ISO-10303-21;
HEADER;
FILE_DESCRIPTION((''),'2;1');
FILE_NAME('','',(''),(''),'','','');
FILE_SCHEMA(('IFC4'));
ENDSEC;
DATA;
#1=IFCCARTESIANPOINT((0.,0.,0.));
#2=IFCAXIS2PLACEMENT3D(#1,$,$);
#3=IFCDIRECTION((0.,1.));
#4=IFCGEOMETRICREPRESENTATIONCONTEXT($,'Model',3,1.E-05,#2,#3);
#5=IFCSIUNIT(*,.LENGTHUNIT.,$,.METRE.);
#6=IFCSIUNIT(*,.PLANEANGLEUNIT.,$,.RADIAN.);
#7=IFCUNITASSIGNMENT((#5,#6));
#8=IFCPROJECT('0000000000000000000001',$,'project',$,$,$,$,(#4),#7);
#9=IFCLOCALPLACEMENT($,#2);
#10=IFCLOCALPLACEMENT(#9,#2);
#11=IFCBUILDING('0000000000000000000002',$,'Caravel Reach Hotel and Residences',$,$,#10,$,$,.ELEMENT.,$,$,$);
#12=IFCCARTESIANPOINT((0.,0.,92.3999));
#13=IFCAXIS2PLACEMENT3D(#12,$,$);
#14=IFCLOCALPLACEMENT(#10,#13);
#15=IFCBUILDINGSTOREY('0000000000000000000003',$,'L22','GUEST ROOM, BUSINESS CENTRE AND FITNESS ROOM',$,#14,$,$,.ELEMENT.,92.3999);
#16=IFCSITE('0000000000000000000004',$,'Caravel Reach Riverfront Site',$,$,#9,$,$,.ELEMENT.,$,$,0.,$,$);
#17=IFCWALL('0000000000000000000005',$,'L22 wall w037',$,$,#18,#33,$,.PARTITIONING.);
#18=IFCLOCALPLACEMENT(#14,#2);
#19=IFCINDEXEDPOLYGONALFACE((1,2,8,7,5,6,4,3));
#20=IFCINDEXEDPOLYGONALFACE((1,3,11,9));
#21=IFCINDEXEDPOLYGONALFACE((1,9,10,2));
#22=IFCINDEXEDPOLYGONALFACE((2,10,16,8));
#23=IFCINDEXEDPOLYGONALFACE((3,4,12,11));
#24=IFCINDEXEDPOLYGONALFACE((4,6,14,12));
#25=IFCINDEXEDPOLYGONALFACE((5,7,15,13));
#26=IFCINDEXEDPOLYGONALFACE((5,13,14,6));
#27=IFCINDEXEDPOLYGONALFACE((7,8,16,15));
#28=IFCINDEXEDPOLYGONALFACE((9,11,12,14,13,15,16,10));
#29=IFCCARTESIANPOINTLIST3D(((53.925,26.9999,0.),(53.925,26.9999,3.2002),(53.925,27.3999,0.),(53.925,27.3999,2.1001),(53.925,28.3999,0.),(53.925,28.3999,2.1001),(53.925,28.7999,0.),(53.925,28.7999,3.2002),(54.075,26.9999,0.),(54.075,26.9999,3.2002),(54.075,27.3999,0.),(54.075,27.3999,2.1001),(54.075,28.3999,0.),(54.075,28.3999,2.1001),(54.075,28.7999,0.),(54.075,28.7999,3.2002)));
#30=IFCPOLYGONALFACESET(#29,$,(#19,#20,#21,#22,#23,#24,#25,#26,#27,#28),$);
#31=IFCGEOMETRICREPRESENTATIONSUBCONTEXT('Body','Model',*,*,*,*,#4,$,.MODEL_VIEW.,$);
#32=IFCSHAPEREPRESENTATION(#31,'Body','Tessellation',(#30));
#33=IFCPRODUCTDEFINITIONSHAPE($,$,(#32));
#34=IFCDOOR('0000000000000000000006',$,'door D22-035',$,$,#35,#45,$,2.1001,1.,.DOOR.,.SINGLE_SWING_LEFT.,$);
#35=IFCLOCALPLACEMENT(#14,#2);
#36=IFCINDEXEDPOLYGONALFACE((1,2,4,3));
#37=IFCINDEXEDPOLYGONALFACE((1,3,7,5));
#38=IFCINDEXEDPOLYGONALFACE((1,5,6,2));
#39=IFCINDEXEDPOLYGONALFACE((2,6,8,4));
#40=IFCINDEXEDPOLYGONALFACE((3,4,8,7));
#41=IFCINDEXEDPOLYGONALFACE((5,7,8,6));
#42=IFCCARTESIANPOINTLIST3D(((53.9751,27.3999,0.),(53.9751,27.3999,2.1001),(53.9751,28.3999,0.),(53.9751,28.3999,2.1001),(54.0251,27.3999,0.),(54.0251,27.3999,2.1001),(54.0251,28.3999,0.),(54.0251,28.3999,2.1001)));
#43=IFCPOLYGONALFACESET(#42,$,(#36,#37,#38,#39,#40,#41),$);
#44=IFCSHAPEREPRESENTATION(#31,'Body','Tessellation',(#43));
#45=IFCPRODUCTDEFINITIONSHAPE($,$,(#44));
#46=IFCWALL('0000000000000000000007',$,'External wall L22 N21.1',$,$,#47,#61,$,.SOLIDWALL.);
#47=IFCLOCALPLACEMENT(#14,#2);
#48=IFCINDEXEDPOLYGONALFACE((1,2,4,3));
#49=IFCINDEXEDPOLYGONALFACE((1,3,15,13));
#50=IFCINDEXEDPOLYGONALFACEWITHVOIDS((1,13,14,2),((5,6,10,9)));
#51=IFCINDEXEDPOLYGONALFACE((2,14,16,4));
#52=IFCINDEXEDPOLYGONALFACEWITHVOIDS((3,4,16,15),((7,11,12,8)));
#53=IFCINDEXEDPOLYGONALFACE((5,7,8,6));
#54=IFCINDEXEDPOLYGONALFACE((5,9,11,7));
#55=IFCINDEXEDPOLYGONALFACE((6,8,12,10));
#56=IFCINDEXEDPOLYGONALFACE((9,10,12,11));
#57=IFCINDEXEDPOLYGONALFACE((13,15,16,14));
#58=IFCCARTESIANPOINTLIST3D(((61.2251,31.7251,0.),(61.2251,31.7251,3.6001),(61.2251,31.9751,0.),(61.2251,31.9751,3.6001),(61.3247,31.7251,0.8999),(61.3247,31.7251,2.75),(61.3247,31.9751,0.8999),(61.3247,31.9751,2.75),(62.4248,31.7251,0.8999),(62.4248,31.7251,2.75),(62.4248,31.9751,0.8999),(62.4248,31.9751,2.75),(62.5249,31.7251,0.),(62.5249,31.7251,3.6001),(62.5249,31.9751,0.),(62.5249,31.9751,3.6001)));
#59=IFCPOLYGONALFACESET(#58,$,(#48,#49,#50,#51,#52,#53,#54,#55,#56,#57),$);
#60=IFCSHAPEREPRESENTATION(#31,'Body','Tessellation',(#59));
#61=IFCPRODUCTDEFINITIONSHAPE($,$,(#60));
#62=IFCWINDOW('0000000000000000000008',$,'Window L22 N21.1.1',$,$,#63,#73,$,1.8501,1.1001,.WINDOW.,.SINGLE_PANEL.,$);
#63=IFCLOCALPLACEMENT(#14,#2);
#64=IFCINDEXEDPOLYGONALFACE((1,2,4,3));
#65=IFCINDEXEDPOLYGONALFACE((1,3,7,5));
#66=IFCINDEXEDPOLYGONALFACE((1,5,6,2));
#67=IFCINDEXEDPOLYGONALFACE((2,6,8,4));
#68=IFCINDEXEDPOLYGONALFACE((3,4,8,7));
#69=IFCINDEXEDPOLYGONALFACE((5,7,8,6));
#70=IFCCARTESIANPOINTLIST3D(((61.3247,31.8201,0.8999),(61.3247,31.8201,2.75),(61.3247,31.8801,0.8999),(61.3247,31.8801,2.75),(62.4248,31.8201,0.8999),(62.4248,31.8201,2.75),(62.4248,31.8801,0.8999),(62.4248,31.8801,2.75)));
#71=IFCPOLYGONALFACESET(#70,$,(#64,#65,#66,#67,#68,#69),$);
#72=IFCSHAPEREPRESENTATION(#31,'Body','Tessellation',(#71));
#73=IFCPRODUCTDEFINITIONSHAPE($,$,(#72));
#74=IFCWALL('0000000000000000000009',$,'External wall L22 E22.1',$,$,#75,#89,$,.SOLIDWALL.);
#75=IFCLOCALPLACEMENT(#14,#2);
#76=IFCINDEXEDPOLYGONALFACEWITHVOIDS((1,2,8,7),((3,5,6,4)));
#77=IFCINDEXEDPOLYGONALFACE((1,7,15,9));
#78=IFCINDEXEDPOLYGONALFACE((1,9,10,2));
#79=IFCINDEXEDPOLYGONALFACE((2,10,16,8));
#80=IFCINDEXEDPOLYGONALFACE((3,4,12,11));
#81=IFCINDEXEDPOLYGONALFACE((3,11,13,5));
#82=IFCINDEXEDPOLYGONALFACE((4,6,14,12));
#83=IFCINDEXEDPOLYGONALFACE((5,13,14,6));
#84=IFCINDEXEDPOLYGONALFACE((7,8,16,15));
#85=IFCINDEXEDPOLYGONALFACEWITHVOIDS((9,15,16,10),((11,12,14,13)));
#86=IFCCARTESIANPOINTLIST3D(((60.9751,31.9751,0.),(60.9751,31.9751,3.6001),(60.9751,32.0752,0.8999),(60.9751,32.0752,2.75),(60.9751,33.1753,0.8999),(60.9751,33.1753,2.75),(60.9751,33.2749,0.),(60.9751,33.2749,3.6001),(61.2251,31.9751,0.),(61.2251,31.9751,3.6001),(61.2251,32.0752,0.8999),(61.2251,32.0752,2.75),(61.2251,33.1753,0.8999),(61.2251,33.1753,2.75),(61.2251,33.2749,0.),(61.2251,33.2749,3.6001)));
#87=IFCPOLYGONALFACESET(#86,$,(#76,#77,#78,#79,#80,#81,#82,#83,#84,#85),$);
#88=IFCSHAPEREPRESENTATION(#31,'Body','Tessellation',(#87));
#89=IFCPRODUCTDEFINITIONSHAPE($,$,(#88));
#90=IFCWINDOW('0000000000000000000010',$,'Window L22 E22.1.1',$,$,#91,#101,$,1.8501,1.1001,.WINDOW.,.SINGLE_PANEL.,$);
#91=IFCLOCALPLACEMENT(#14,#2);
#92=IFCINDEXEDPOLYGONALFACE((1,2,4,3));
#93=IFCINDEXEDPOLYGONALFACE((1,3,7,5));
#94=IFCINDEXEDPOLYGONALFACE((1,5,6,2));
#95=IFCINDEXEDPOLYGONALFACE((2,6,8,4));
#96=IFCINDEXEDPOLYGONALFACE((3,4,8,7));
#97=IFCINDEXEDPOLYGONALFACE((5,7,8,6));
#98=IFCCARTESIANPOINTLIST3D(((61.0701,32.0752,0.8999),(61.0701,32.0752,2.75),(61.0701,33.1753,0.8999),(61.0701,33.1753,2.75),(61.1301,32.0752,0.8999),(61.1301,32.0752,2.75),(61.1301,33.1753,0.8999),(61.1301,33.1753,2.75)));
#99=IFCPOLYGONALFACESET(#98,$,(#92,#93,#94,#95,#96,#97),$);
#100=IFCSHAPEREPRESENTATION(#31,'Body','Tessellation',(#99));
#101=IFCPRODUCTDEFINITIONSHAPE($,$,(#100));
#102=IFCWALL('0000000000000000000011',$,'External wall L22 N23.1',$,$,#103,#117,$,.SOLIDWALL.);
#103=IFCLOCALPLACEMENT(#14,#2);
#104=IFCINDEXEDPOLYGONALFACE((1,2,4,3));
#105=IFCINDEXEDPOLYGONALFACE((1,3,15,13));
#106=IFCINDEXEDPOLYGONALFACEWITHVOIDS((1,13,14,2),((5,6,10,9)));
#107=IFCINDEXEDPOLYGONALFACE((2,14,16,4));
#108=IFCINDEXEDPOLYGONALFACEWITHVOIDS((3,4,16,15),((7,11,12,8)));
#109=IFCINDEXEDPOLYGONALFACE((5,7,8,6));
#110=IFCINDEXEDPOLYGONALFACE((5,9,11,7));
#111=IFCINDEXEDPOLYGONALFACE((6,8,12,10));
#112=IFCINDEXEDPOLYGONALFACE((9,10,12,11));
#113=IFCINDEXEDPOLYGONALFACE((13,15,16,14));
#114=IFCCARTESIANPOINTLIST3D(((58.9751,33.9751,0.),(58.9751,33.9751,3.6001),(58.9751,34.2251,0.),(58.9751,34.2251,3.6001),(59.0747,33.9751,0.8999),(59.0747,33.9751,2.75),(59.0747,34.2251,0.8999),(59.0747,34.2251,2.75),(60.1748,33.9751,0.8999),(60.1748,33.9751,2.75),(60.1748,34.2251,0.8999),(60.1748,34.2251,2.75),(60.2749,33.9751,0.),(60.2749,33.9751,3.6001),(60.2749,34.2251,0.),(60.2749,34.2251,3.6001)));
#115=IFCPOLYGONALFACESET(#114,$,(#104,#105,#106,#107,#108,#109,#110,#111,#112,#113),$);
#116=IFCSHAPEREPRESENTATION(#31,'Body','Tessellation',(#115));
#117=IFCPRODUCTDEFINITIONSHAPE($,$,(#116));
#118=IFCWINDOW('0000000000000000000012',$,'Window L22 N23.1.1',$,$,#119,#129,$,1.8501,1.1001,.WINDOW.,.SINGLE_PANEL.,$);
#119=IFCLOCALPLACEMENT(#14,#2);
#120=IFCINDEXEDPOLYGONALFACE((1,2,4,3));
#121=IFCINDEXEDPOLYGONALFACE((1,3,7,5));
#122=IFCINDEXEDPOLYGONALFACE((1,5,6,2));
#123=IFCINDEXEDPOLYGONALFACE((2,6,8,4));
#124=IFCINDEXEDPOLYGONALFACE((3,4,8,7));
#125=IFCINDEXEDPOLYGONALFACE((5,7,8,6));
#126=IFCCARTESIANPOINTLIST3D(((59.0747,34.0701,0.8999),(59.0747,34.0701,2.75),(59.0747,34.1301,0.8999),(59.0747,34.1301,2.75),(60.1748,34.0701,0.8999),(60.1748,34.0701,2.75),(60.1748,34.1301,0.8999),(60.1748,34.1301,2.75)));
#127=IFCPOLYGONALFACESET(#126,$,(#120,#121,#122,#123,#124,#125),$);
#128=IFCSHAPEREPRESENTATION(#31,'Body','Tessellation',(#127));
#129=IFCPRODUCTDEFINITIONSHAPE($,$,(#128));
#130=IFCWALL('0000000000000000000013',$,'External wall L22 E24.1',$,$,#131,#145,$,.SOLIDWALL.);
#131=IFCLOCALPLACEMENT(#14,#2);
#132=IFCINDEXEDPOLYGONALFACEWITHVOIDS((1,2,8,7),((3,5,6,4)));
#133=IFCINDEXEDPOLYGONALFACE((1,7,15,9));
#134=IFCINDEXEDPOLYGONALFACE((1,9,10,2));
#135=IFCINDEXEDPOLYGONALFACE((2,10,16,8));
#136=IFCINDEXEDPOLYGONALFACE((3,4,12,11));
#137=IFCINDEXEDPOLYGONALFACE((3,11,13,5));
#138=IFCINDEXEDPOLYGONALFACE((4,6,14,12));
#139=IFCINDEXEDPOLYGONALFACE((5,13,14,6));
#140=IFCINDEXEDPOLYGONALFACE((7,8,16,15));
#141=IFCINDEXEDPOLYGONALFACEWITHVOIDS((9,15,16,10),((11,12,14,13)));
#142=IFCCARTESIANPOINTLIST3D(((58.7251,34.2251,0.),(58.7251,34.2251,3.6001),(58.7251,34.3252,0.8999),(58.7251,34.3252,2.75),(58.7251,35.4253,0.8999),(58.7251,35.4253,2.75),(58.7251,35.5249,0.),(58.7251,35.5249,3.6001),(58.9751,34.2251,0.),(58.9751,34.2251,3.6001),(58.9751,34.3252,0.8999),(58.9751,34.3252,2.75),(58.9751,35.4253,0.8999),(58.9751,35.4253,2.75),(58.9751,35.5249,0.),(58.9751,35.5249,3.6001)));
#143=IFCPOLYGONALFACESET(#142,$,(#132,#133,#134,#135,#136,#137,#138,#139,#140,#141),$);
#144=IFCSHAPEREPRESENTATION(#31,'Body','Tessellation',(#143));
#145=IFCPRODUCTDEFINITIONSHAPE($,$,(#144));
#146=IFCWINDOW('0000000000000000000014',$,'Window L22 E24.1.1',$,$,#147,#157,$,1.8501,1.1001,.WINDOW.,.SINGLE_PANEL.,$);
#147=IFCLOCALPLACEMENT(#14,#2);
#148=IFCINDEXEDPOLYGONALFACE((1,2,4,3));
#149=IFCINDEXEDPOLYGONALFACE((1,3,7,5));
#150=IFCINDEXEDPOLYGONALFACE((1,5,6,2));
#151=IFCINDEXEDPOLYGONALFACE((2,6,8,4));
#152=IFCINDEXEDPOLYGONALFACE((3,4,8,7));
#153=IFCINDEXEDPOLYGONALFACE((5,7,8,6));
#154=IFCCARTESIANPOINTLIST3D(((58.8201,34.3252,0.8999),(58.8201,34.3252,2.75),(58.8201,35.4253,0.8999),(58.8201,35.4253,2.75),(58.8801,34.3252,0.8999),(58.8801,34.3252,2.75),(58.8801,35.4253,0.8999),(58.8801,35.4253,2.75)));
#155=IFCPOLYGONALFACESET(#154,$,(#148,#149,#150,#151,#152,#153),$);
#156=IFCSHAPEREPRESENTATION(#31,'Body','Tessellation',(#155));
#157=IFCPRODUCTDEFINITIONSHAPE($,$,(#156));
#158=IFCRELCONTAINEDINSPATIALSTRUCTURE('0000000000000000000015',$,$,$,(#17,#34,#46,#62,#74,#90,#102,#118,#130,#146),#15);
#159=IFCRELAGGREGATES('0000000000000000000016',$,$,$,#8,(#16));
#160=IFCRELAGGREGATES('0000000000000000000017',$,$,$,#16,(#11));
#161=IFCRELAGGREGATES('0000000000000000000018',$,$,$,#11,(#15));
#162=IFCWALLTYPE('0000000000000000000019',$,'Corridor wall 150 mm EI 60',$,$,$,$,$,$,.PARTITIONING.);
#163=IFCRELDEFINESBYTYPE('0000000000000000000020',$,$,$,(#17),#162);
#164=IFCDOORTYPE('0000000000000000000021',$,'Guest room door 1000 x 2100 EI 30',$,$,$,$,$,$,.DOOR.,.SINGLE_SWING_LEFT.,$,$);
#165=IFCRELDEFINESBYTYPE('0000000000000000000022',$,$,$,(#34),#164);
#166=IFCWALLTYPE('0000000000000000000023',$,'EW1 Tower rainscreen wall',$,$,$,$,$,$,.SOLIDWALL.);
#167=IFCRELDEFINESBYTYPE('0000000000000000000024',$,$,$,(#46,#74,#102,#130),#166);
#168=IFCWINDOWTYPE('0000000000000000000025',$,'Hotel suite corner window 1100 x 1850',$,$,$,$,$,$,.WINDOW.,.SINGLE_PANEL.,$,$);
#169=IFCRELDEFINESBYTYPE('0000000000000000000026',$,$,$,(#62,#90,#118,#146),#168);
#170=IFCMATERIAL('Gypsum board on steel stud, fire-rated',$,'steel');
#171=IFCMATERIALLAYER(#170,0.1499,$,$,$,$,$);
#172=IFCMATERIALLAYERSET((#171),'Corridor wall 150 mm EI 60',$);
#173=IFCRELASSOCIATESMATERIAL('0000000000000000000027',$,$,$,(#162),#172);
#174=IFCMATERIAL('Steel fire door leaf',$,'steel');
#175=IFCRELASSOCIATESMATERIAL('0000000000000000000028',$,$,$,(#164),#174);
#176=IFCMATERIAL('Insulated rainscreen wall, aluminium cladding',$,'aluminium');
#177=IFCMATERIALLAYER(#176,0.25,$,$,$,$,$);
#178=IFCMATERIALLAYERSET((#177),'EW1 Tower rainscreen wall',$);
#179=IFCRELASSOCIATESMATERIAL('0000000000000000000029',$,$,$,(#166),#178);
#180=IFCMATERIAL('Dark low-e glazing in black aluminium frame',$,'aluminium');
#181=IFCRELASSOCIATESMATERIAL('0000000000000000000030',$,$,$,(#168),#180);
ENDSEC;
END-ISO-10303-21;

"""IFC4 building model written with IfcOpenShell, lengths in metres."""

from ifc_helpers import new_model, si_unit, direction, frame, frame_2d, origin, place, context, subcontext, project, spatial, rectangle, extrude, material, layer, layer_set, type_object, element, fill, save


model = new_model("IFC4")

# Units and contexts
model_context = context("Model", 3, precision=1e-05, world=origin(), true_north=direction((0.0, 1.0)))
body_context = subcontext(model_context, "Body", "Model", "MODEL_VIEW")
ifc_project = project(units=[si_unit("LENGTHUNIT", "METRE"), si_unit("PLANEANGLEUNIT", "RADIAN")], contexts=[model_context])

# Site, building, storey
site_placement = place(None, origin())
site = spatial("IfcSite", under=ifc_project, at=site_placement, Name="Caravel Reach Riverfront Site", CompositionType="ELEMENT", RefElevation=0.0)
building_placement = place(site_placement, origin())
building = spatial("IfcBuilding", under=site, at=building_placement, Name="Caravel Reach Hotel and Residences", CompositionType="ELEMENT")
storey_placement = place(building_placement, frame((0.0, 0.0, 92.3999)))
storey = spatial("IfcBuildingStorey", under=building, at=storey_placement, Name="L22", Description="GUEST ROOM, BUSINESS CENTRE AND FITNESS ROOM", CompositionType="ELEMENT", Elevation=92.3999)

# Wall, opening, door
ifc_material_1 = material(Name="Gypsum board on steel stud, fire-rated", Category="steel")
ifc_layer_1 = layer(ifc_material_1, 0.1499)
ifc_layer_set_1 = layer_set([ifc_layer_1], Name="Corridor wall 150 mm EI 60")
wall_type_1 = type_object("IfcWallType", Name="Corridor wall 150 mm EI 60", PredefinedType="PARTITIONING", material=ifc_layer_set_1)
wall_1_placement = place(storey_placement, frame((54.0, 27.0, 0.0), z_axis=(0.0, 0.0, 1.0), x_axis=(0.0, 1.0, 0.0)))
wall_1 = element("IfcWall", 1, at=wall_1_placement, inside=storey, type_object=wall_type_1, Name="L22 wall w037", PredefinedType="PARTITIONING", context=body_context, shape_type="SweptSolid", body=[
    extrude(rectangle(XDim=1.8, YDim=0.1499, at=frame_2d((0.8999, 0.0))), origin(), (0.0, 0.0, 1.0), 3.2002),
])
opening_1_placement = place(wall_1_placement, frame((0.3999, 0.0, 0.0)))
opening_1 = element("IfcOpeningElement", 2, at=opening_1_placement, cuts=wall_1, PredefinedType="OPENING", context=body_context, shape_type="SweptSolid", body=[
    extrude(rectangle(XDim=1.0, YDim=2.1001, at=frame_2d((0.5, 1.05))), frame((0.0, 0.085, 0.0), z_axis=(0.0, -1.0, 0.0), x_axis=(1.0, 0.0, 0.0)), (0.0, 0.0, 1.0), 0.1699),
])
ifc_material_2 = material(Name="Steel fire door leaf", Category="steel")
door_type = type_object("IfcDoorType", Name="Guest room door 1000 x 2100 EI 30", OperationType="SINGLE_SWING_LEFT", PredefinedType="DOOR", material=ifc_material_2)
door_placement = place(opening_1_placement, origin())
door = element("IfcDoor", 3, at=door_placement, inside=storey, type_object=door_type, Name="door D22-035", OperationType="SINGLE_SWING_LEFT", OverallHeight=2.1001, OverallWidth=1.0, PredefinedType="DOOR", context=body_context, shape_type="SweptSolid", body=[
    extrude(rectangle(XDim=1.0, YDim=2.1001, at=frame_2d((0.5, 1.05))), frame((0.0, 0.0249, 0.0), z_axis=(0.0, -1.0, 0.0), x_axis=(1.0, 0.0, 0.0)), (0.0, 0.0, 1.0), 0.05),
])
fill(opening_1, door)

# Walls, openings, windows
ifc_material_3 = material(Name="Insulated rainscreen wall, aluminium cladding", Category="aluminium")
ifc_layer_2 = layer(ifc_material_3, 0.25)
ifc_layer_set_2 = layer_set([ifc_layer_2], Name="EW1 Tower rainscreen wall")
wall_type_2 = type_object("IfcWallType", Name="EW1 Tower rainscreen wall", PredefinedType="SOLIDWALL", material=ifc_layer_set_2)
wall_2_placement = place(storey_placement, frame((62.5249, 31.8501, 0.0), z_axis=(0.0, 0.0, 1.0), x_axis=(-1.0, 0.0, 0.0)))
wall_2 = element("IfcWall", 4, at=wall_2_placement, inside=storey, type_object=wall_type_2, Name="External wall L22 N21.1", PredefinedType="SOLIDWALL", context=body_context, shape_type="SweptSolid", body=[
    extrude(rectangle(XDim=1.2998, YDim=0.25, at=frame_2d((0.6499, 0.0))), origin(), (0.0, 0.0, 1.0), 3.6001),
])
opening_2_placement = place(wall_2_placement, frame((0.1001, 0.0, 0.8999)))
opening_2 = element("IfcOpeningElement", 5, at=opening_2_placement, cuts=wall_2, PredefinedType="OPENING", context=body_context, shape_type="SweptSolid", body=[
    extrude(rectangle(XDim=1.1001, YDim=1.8501, at=frame_2d((0.55, 0.925))), frame((0.0, 0.135, 0.0), z_axis=(0.0, -1.0, 0.0), x_axis=(1.0, 0.0, 0.0)), (0.0, 0.0, 1.0), 0.27),
])
ifc_material_4 = material(Name="Dark low-e glazing in black aluminium frame", Category="aluminium")
window_type_1 = type_object("IfcWindowType", Name="Hotel suite corner window 1100 x 1850", PartitioningType="SINGLE_PANEL", PredefinedType="WINDOW", material=ifc_material_4)
window_1_placement = place(opening_2_placement, origin())
window_1 = element("IfcWindow", 6, at=window_1_placement, inside=storey, type_object=window_type_1, Name="Window L22 N21.1.1", OverallHeight=1.8501, OverallWidth=1.1001, PartitioningType="SINGLE_PANEL", PredefinedType="WINDOW", context=body_context, shape_type="SweptSolid", body=[
    extrude(rectangle(XDim=1.1001, YDim=1.8501, at=frame_2d((0.55, 0.925))), frame((0.0, 0.03, 0.0), z_axis=(0.0, -1.0, 0.0), x_axis=(1.0, 0.0, 0.0)), (0.0, 0.0, 1.0), 0.0601),
])
fill(opening_2, window_1)
wall_3_placement = place(storey_placement, frame((61.1001, 31.9751, 0.0), z_axis=(0.0, 0.0, 1.0), x_axis=(0.0, 1.0, 0.0)))
wall_3 = element("IfcWall", 7, at=wall_3_placement, inside=storey, type_object=wall_type_2, Name="External wall L22 E22.1", PredefinedType="SOLIDWALL", context=body_context, shape_type="SweptSolid", body=[
    extrude(rectangle(XDim=1.2998, YDim=0.25, at=frame_2d((0.6499, 0.0))), origin(), (0.0, 0.0, 1.0), 3.6001),
])
opening_3_placement = place(wall_3_placement, frame((0.1001, 0.0, 0.8999)))
opening_3 = element("IfcOpeningElement", 8, at=opening_3_placement, cuts=wall_3, PredefinedType="OPENING", context=body_context, shape_type="SweptSolid", body=[
    extrude(rectangle(XDim=1.1001, YDim=1.8501, at=frame_2d((0.55, 0.925))), frame((0.0, 0.135, 0.0), z_axis=(0.0, -1.0, 0.0), x_axis=(1.0, 0.0, 0.0)), (0.0, 0.0, 1.0), 0.27),
])
window_2_placement = place(opening_3_placement, origin())
window_2 = element("IfcWindow", 9, at=window_2_placement, inside=storey, type_object=window_type_1, Name="Window L22 E22.1.1", OverallHeight=1.8501, OverallWidth=1.1001, PartitioningType="SINGLE_PANEL", PredefinedType="WINDOW", context=body_context, shape_type="SweptSolid", body=[
    extrude(rectangle(XDim=1.1001, YDim=1.8501, at=frame_2d((0.55, 0.925))), frame((0.0, 0.03, 0.0), z_axis=(0.0, -1.0, 0.0), x_axis=(1.0, 0.0, 0.0)), (0.0, 0.0, 1.0), 0.0601),
])
fill(opening_3, window_2)
wall_4_placement = place(storey_placement, frame((60.2749, 34.1001, 0.0), z_axis=(0.0, 0.0, 1.0), x_axis=(-1.0, 0.0, 0.0)))
wall_4 = element("IfcWall", 10, at=wall_4_placement, inside=storey, type_object=wall_type_2, Name="External wall L22 N23.1", PredefinedType="SOLIDWALL", context=body_context, shape_type="SweptSolid", body=[
    extrude(rectangle(XDim=1.2998, YDim=0.25, at=frame_2d((0.6499, 0.0))), origin(), (0.0, 0.0, 1.0), 3.6001),
])
opening_4_placement = place(wall_4_placement, frame((0.1001, 0.0, 0.8999)))
opening_4 = element("IfcOpeningElement", 11, at=opening_4_placement, cuts=wall_4, PredefinedType="OPENING", context=body_context, shape_type="SweptSolid", body=[
    extrude(rectangle(XDim=1.1001, YDim=1.8501, at=frame_2d((0.55, 0.925))), frame((0.0, 0.135, 0.0), z_axis=(0.0, -1.0, 0.0), x_axis=(1.0, 0.0, 0.0)), (0.0, 0.0, 1.0), 0.27),
])
window_3_placement = place(opening_4_placement, origin())
window_3 = element("IfcWindow", 12, at=window_3_placement, inside=storey, type_object=window_type_1, Name="Window L22 N23.1.1", OverallHeight=1.8501, OverallWidth=1.1001, PartitioningType="SINGLE_PANEL", PredefinedType="WINDOW", context=body_context, shape_type="SweptSolid", body=[
    extrude(rectangle(XDim=1.1001, YDim=1.8501, at=frame_2d((0.55, 0.925))), frame((0.0, 0.03, 0.0), z_axis=(0.0, -1.0, 0.0), x_axis=(1.0, 0.0, 0.0)), (0.0, 0.0, 1.0), 0.0601),
])
fill(opening_4, window_3)
wall_5_placement = place(storey_placement, frame((58.8501, 34.2251, 0.0), z_axis=(0.0, 0.0, 1.0), x_axis=(0.0, 1.0, 0.0)))
wall_5 = element("IfcWall", 13, at=wall_5_placement, inside=storey, type_object=wall_type_2, Name="External wall L22 E24.1", PredefinedType="SOLIDWALL", context=body_context, shape_type="SweptSolid", body=[
    extrude(rectangle(XDim=1.2998, YDim=0.25, at=frame_2d((0.6499, 0.0))), origin(), (0.0, 0.0, 1.0), 3.6001),
])
opening_5_placement = place(wall_5_placement, frame((0.1001, 0.0, 0.8999)))
opening_5 = element("IfcOpeningElement", 14, at=opening_5_placement, cuts=wall_5, PredefinedType="OPENING", context=body_context, shape_type="SweptSolid", body=[
    extrude(rectangle(XDim=1.1001, YDim=1.8501, at=frame_2d((0.55, 0.925))), frame((0.0, 0.135, 0.0), z_axis=(0.0, -1.0, 0.0), x_axis=(1.0, 0.0, 0.0)), (0.0, 0.0, 1.0), 0.27),
])
window_4_placement = place(opening_5_placement, origin())
window_4 = element("IfcWindow", 15, at=window_4_placement, inside=storey, type_object=window_type_1, Name="Window L22 E24.1.1", OverallHeight=1.8501, OverallWidth=1.1001, PartitioningType="SINGLE_PANEL", PredefinedType="WINDOW", context=body_context, shape_type="SweptSolid", body=[
    extrude(rectangle(XDim=1.1001, YDim=1.8501, at=frame_2d((0.55, 0.925))), frame((0.0, 0.03, 0.0), z_axis=(0.0, -1.0, 0.0), x_axis=(1.0, 0.0, 0.0)), (0.0, 0.0, 1.0), 0.0601),
])
fill(opening_5, window_4)

save(model, "model.ifc")
